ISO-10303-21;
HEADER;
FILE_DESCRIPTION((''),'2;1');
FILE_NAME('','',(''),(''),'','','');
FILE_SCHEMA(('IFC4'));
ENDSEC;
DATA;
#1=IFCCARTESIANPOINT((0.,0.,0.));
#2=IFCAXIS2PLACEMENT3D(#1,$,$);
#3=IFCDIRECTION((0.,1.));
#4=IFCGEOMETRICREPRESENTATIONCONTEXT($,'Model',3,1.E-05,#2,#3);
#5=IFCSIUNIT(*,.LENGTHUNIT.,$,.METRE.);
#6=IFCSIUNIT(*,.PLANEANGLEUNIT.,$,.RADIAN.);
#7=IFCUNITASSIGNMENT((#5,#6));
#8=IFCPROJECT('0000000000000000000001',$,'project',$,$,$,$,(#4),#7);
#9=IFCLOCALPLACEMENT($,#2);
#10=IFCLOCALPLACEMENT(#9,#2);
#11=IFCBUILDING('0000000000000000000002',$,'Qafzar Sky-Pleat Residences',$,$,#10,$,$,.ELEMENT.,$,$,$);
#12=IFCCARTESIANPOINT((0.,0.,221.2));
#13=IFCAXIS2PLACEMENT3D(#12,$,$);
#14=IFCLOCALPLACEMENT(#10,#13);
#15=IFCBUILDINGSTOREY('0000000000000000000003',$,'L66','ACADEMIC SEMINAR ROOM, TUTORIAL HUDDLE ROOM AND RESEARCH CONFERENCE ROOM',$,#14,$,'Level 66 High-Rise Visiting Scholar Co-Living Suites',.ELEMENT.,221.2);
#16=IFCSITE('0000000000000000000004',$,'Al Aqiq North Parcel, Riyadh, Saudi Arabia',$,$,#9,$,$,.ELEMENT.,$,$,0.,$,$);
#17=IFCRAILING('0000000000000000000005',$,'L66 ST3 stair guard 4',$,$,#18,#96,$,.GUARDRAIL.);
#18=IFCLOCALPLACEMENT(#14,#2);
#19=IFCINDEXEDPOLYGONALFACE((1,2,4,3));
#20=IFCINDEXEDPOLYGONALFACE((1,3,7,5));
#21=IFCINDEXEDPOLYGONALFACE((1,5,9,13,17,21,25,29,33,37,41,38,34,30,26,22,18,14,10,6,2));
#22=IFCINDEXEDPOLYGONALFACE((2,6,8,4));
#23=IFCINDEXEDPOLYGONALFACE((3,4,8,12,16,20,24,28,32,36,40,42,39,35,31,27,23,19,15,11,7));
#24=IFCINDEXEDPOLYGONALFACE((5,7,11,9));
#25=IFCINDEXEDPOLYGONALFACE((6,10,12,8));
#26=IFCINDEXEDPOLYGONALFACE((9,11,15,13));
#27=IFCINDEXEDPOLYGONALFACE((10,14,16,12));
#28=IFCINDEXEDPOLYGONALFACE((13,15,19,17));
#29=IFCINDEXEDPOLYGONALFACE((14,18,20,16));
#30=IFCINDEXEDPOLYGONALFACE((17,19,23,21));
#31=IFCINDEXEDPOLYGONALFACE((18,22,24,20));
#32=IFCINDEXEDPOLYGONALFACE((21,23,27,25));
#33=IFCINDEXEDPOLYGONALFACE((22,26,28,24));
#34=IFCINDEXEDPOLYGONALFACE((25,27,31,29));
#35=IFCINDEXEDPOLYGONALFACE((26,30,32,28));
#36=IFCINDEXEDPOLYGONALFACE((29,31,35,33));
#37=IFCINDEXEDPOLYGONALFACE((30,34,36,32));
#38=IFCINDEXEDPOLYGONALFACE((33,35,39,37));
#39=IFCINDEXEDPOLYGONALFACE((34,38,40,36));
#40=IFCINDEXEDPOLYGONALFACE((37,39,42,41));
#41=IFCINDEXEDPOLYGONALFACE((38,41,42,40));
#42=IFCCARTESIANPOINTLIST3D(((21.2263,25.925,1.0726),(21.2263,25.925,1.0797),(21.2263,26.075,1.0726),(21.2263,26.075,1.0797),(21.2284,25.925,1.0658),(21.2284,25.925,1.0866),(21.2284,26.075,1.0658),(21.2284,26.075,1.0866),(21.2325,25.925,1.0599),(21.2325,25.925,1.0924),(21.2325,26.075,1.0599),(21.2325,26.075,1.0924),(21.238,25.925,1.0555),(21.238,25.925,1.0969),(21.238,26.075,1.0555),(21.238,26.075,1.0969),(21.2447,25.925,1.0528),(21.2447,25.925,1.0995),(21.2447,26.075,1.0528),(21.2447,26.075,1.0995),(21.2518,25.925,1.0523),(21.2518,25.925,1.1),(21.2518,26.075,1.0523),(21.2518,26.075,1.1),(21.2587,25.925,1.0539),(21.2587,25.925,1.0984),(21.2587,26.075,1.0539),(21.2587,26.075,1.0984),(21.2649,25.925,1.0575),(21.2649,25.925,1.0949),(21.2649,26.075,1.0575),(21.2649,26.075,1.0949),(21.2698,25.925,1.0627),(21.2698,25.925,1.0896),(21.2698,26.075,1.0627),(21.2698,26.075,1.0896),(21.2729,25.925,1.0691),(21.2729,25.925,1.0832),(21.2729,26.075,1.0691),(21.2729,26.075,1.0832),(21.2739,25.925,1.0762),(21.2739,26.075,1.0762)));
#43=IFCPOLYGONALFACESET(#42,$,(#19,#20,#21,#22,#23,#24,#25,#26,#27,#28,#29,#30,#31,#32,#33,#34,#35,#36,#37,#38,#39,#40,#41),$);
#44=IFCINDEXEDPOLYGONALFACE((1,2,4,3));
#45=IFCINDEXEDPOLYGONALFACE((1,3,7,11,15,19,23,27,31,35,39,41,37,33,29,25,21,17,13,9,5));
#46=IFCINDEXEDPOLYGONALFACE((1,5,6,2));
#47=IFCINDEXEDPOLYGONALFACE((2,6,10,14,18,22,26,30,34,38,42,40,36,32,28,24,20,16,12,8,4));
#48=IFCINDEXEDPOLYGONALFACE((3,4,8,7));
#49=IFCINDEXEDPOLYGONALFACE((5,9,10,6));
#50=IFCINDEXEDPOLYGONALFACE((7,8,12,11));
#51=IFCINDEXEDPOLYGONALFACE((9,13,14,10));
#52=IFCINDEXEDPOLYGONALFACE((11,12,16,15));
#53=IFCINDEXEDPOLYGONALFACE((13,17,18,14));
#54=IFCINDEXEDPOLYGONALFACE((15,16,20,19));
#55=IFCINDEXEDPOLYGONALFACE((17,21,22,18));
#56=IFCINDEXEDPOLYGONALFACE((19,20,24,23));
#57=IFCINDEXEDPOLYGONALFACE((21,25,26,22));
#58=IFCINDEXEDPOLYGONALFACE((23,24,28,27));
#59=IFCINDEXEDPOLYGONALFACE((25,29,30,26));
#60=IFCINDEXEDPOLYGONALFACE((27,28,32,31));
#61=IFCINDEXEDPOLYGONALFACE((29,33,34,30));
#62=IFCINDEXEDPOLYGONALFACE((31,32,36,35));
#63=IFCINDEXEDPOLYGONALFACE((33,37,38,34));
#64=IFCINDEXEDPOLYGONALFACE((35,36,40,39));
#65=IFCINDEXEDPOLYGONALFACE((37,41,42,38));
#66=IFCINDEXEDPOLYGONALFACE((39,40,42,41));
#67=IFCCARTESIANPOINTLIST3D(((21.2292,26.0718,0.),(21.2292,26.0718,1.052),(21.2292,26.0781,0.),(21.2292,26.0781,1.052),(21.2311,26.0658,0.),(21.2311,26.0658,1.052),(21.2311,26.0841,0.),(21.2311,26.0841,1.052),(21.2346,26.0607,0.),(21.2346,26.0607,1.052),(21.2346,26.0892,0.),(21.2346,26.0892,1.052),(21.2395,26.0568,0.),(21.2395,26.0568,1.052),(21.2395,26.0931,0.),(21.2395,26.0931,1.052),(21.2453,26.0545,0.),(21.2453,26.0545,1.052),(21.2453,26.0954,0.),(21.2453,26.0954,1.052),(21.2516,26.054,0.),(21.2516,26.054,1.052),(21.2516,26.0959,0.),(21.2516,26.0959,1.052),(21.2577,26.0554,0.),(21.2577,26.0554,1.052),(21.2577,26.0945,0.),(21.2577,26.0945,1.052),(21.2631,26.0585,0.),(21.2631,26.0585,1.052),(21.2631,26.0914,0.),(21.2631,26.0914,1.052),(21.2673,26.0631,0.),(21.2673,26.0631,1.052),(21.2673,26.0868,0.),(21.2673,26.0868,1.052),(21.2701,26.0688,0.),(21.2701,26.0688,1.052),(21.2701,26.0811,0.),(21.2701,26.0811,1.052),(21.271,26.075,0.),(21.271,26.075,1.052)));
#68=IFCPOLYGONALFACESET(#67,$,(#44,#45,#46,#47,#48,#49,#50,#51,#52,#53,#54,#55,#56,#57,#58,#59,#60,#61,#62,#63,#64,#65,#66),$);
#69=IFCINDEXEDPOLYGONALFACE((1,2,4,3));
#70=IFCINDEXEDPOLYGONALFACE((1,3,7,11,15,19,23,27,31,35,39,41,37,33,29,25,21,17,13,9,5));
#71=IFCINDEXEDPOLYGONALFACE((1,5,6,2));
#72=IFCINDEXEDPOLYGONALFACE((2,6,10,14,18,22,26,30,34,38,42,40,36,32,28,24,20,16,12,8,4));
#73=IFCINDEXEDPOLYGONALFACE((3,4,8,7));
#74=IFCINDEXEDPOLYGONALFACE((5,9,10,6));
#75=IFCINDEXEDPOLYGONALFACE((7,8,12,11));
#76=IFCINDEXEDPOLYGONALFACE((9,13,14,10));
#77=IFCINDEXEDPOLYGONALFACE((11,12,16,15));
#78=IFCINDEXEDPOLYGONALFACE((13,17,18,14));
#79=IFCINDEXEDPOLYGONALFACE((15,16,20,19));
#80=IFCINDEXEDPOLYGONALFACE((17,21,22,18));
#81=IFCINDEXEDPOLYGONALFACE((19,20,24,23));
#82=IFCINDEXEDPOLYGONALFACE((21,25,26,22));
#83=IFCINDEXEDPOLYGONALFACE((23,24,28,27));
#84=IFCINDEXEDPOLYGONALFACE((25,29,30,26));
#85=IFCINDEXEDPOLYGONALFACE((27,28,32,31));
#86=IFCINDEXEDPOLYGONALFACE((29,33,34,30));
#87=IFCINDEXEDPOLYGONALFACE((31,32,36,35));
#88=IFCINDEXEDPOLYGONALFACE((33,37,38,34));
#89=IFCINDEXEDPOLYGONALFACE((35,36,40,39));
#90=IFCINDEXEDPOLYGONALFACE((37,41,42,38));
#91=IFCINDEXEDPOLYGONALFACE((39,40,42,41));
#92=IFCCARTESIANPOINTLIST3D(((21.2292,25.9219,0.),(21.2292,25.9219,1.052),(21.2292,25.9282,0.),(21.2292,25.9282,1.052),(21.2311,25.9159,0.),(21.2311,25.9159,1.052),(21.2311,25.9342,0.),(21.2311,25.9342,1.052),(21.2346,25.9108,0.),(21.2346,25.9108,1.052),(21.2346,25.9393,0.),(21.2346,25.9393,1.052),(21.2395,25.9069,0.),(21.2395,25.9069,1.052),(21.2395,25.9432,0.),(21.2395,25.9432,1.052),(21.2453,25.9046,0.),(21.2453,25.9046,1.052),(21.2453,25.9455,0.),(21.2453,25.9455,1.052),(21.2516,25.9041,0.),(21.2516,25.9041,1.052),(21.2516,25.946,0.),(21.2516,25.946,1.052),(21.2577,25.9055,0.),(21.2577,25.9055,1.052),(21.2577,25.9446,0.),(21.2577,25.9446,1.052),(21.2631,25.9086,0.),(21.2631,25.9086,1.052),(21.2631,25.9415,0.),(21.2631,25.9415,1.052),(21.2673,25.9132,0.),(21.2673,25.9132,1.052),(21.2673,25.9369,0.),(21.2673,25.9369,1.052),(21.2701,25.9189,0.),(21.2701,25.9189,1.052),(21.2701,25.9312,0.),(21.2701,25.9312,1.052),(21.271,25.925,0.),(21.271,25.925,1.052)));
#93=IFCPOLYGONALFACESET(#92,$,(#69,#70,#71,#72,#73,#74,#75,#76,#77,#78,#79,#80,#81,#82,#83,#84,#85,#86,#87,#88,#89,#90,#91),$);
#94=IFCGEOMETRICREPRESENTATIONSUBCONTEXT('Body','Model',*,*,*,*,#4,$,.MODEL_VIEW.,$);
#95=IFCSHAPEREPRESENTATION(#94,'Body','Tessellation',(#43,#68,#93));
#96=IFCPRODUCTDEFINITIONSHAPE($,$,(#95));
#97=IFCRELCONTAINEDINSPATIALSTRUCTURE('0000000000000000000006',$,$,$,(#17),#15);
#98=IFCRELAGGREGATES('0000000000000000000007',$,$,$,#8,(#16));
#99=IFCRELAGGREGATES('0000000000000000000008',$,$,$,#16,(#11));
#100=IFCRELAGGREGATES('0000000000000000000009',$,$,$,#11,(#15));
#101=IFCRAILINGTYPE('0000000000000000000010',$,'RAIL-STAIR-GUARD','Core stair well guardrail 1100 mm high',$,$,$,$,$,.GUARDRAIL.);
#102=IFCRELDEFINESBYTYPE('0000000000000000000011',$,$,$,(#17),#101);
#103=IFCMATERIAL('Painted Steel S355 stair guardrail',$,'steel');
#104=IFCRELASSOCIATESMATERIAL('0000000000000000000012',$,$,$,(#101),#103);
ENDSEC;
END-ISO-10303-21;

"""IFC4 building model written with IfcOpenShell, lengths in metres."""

from ifc_helpers import new_model, si_unit, direction, frame, origin, origin_2d, place, context, subcontext, project, spatial, circle, extrude, source, transform, mapped, material, type_object, element, save


model = new_model("IFC4")

# Units and contexts
model_context = context("Model", 3, precision=1e-05, world=origin(), true_north=direction((0.0, 1.0)))
body_context = subcontext(model_context, "Body", "Model", "MODEL_VIEW")
ifc_project = project(units=[si_unit("LENGTHUNIT", "METRE"), si_unit("PLANEANGLEUNIT", "RADIAN")], contexts=[model_context])

# Site, building, storey
site_placement = place(None, origin())
site = spatial("IfcSite", under=ifc_project, at=site_placement, Name="Al Aqiq North Parcel, Riyadh, Saudi Arabia", CompositionType="ELEMENT", RefElevation=0.0)
building_placement = place(site_placement, origin())
building = spatial("IfcBuilding", under=site, at=building_placement, Name="Qafzar Sky-Pleat Residences", CompositionType="ELEMENT")
storey_placement = place(building_placement, frame((0.0, 0.0, 221.2)))
storey = spatial("IfcBuildingStorey", under=building, at=storey_placement, Name="L66", Description="ACADEMIC SEMINAR ROOM, TUTORIAL HUDDLE ROOM AND RESEARCH CONFERENCE ROOM", LongName="Level 66 High-Rise Visiting Scholar Co-Living Suites", CompositionType="ELEMENT", Elevation=221.2)

# Railing
ifc_material_1 = material(Name="Painted Steel S355 stair guardrail", Category="steel")
railing_type_1 = type_object("IfcRailingType", Name="RAIL-STAIR-GUARD", Description="Core stair well guardrail 1100 mm high", PredefinedType="GUARDRAIL", material=ifc_material_1)
shared_shape_1 = source(origin(), body_context, "Body", "SweptSolid", [
    extrude(circle(Radius=0.0239, at=origin_2d()), frame((0.0, 0.0, 1.0762), z_axis=(0.0, -1.0, 0.0), x_axis=(1.0, 0.0, 0.0)), (0.0, 0.0, 1.0), 0.1499),
    extrude(circle(Radius=0.021, at=origin_2d()), origin(), (0.0, 0.0, 1.0), 1.052),
    extrude(circle(Radius=0.021, at=origin_2d()), frame((0.0, -0.1499, 0.0)), (0.0, 0.0, 1.0), 1.052),
])
for number, where, name in (
    (1, (21.25, 26.075, 0.0), "L66 ST3 stair guard 4"),
):
    element("IfcRailing", number, at=place(storey_placement, frame(where)), inside=storey, type_object=railing_type_1, Name=name, PredefinedType="GUARDRAIL", context=body_context, shape_type="MappedRepresentation", body=[
        mapped(shared_shape_1, transform((0.0, 0.0, 0.0), x_axis=(1.0, 0.0, 0.0), y_axis=(0.0, 1.0, 0.0), z_axis=(0.0, 0.0, 1.0), scale=1.0)),
    ])

save(model, "model.ifc")
